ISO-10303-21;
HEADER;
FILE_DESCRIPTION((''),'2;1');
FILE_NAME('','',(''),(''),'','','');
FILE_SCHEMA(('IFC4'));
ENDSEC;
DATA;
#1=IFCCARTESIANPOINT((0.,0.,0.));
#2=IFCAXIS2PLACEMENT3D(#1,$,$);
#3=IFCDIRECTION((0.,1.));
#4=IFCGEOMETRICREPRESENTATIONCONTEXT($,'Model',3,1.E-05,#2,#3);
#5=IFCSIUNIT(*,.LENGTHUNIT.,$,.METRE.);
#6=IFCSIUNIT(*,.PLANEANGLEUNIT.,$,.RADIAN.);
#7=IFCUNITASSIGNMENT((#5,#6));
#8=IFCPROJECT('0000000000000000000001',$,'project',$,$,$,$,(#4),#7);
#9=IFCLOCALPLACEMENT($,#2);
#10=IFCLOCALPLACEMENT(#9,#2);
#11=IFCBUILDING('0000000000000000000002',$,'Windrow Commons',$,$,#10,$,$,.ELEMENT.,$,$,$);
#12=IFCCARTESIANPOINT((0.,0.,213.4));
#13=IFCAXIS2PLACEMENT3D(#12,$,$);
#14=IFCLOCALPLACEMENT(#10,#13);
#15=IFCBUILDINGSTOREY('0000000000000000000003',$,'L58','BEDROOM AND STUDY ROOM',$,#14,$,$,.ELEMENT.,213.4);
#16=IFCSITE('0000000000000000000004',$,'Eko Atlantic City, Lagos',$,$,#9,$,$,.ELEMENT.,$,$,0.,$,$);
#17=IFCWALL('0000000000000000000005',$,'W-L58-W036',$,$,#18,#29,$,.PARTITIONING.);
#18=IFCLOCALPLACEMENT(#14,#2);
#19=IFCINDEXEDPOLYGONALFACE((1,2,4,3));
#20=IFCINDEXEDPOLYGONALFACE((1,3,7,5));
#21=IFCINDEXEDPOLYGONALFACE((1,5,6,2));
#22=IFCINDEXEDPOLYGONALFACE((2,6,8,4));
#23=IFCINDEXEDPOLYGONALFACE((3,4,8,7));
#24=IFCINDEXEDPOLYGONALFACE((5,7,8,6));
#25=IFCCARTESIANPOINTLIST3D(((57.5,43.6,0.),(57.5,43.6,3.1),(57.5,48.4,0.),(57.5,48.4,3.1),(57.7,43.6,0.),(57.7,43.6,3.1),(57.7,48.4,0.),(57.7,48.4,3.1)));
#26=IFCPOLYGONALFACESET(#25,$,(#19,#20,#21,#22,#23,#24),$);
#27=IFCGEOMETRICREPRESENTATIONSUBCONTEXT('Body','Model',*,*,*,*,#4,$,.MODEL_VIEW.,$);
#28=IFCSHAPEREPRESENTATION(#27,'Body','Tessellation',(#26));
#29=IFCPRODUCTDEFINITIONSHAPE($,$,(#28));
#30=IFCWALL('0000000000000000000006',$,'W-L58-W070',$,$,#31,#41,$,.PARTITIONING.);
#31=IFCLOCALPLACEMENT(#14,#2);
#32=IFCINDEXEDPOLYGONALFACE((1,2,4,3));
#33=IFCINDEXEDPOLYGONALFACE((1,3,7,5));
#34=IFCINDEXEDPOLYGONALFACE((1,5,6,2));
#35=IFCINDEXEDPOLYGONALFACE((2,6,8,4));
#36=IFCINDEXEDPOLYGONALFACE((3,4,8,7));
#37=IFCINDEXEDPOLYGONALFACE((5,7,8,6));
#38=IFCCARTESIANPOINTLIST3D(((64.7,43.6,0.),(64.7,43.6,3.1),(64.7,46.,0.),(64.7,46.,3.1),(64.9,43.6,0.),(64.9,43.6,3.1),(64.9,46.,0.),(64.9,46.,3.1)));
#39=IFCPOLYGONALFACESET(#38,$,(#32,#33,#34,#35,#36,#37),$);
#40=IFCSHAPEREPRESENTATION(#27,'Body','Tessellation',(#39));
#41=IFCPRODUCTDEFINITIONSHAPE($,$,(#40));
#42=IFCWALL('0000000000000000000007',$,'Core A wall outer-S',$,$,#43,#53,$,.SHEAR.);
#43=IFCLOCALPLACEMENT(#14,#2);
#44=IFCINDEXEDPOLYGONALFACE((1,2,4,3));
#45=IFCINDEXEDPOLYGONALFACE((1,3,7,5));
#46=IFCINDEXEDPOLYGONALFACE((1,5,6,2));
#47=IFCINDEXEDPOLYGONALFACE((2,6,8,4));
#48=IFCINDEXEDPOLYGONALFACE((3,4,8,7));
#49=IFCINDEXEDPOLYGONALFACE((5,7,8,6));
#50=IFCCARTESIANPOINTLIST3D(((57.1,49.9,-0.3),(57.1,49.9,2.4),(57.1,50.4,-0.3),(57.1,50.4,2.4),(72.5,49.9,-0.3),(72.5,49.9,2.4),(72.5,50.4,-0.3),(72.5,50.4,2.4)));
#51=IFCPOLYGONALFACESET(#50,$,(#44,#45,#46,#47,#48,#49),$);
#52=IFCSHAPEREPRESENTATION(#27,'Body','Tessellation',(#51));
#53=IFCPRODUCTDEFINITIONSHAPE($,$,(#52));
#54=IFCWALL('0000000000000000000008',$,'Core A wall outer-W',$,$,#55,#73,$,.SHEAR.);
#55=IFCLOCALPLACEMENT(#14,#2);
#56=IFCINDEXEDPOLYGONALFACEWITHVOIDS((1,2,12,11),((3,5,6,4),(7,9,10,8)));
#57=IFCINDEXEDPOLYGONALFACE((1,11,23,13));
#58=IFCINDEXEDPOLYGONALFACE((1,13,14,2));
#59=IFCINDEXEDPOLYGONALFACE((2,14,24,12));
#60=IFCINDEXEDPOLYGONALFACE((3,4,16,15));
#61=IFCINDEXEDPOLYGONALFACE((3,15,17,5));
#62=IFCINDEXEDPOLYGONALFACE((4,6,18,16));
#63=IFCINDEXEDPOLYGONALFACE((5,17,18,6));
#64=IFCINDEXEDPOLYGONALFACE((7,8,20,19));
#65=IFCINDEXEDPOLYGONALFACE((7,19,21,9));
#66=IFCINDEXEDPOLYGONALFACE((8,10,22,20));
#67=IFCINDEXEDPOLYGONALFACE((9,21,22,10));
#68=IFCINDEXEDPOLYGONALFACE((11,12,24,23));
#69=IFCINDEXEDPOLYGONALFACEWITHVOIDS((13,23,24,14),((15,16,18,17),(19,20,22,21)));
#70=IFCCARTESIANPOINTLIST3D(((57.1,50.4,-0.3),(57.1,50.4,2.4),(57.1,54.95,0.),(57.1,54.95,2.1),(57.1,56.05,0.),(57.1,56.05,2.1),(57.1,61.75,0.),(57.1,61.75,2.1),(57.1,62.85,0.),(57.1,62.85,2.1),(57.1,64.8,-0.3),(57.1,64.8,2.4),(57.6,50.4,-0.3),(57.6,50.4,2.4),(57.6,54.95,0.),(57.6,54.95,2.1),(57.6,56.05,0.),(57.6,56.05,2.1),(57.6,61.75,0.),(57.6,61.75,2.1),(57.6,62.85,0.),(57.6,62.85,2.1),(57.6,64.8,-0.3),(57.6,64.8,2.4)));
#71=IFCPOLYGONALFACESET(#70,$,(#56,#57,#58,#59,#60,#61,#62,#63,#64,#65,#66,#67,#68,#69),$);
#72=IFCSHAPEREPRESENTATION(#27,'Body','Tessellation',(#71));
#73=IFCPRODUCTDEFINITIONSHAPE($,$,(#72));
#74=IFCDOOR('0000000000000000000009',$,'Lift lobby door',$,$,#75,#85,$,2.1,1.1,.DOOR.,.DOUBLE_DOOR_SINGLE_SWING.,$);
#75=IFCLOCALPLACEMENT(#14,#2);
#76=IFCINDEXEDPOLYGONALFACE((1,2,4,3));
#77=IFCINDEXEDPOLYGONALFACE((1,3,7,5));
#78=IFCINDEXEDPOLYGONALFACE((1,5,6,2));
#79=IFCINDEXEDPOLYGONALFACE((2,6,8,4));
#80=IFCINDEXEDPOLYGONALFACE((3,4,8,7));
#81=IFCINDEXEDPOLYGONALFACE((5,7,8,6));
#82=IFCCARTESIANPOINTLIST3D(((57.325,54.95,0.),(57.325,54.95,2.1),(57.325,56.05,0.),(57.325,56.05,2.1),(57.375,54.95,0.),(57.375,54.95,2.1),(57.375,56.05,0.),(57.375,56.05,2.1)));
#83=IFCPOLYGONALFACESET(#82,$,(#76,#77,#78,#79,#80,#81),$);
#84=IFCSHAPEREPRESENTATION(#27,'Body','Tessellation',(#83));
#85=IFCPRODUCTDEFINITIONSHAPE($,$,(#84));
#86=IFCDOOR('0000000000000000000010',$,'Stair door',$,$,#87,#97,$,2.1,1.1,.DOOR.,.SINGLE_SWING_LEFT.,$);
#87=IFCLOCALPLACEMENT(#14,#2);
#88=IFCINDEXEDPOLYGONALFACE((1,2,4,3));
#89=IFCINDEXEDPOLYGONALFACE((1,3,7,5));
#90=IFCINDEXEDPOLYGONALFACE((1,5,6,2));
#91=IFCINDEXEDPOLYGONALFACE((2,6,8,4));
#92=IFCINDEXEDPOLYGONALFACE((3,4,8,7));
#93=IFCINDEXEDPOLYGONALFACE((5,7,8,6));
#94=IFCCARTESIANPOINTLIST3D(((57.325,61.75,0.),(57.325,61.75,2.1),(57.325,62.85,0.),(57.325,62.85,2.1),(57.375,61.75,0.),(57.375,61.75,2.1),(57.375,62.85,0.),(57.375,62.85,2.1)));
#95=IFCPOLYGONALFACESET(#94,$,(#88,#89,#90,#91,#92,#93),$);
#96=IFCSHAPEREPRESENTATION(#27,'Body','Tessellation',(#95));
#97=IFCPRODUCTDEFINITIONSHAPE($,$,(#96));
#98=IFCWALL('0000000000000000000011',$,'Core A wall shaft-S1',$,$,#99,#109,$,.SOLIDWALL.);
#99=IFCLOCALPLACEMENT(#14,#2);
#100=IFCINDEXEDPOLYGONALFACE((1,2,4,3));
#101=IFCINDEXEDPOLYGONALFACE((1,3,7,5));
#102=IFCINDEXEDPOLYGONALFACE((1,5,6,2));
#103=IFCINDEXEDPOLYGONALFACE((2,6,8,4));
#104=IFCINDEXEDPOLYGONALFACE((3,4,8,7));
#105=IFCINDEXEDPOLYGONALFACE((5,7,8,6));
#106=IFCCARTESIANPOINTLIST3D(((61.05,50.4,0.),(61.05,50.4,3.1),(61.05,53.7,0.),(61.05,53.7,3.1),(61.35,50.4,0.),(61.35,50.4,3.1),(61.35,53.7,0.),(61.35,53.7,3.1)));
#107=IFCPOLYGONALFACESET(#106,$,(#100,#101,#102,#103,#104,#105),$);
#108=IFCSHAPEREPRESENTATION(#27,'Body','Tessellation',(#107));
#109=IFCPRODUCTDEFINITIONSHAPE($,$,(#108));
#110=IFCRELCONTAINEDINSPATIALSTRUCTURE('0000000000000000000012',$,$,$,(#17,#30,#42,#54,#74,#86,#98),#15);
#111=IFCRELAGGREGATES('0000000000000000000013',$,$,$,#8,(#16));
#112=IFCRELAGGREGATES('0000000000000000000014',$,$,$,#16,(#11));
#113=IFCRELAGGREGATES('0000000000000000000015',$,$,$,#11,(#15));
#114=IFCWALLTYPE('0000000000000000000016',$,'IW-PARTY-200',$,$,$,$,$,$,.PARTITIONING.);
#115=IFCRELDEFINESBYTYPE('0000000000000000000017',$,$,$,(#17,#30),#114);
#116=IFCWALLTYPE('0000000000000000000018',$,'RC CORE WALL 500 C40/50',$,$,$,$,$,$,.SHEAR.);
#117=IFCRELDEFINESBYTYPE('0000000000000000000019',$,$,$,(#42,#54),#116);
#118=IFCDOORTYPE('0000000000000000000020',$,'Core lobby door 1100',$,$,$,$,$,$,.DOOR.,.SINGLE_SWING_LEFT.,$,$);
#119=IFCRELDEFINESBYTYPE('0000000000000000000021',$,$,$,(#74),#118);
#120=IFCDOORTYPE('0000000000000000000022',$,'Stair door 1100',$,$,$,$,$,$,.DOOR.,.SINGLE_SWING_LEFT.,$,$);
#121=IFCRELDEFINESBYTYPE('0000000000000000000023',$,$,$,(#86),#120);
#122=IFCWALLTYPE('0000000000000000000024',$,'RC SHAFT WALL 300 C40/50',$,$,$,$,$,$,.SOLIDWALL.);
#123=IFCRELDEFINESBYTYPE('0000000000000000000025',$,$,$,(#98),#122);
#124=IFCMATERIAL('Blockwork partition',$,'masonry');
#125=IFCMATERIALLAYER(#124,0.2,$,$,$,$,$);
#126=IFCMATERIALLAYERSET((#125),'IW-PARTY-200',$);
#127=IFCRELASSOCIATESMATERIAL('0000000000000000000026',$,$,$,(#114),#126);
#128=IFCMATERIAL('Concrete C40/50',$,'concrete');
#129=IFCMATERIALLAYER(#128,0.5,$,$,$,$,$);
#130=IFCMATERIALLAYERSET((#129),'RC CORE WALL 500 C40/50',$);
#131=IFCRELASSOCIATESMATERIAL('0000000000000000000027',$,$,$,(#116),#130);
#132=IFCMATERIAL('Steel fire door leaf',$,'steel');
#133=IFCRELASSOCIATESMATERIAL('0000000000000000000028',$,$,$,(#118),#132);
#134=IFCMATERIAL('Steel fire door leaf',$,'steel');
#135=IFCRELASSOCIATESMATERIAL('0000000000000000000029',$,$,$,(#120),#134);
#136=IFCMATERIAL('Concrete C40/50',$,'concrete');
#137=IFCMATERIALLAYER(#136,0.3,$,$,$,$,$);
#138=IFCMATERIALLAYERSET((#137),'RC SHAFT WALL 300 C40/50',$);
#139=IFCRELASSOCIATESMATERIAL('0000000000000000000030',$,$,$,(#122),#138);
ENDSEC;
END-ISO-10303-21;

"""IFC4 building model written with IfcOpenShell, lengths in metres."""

from ifc_helpers import new_model, si_unit, direction, frame, frame_2d, origin, place, context, subcontext, project, spatial, rectangle, extrude, material, layer, layer_set, type_object, element, fill, save


model = new_model("IFC4")

# Units and contexts
model_context = context("Model", 3, precision=1e-05, world=origin(), true_north=direction((0.0, 1.0)))
body_context = subcontext(model_context, "Body", "Model", "MODEL_VIEW")
ifc_project = project(units=[si_unit("LENGTHUNIT", "METRE"), si_unit("PLANEANGLEUNIT", "RADIAN")], contexts=[model_context])

# Site, building, storey
site_placement = place(None, origin())
site = spatial("IfcSite", under=ifc_project, at=site_placement, Name="Eko Atlantic City, Lagos", CompositionType="ELEMENT", RefElevation=0.0)
building_placement = place(site_placement, origin())
building = spatial("IfcBuilding", under=site, at=building_placement, Name="Windrow Commons", CompositionType="ELEMENT")
storey_placement = place(building_placement, frame((0.0, 0.0, 213.4)))
storey = spatial("IfcBuildingStorey", under=building, at=storey_placement, Name="L58", Description="BEDROOM AND STUDY ROOM", CompositionType="ELEMENT", Elevation=213.4)

# Walls
ifc_material_1 = material(Name="Blockwork partition", Category="masonry")
ifc_layer_1 = layer(ifc_material_1, 0.2)
ifc_layer_set_1 = layer_set([ifc_layer_1], Name="IW-PARTY-200")
wall_type_1 = type_object("IfcWallType", Name="IW-PARTY-200", PredefinedType="PARTITIONING", material=ifc_layer_set_1)
wall_1_placement = place(storey_placement, frame((57.6, 43.6, 0.0), z_axis=(0.0, 0.0, 1.0), x_axis=(0.0, 1.0, 0.0)))
element("IfcWall", 1, at=wall_1_placement, inside=storey, type_object=wall_type_1, Name="W-L58-W036", PredefinedType="PARTITIONING", context=body_context, shape_type="SweptSolid", body=[
    extrude(rectangle(XDim=4.8, YDim=0.2, at=frame_2d((2.4, 0.0))), origin(), (0.0, 0.0, 1.0), 3.1),
])
wall_2_placement = place(storey_placement, frame((64.8, 43.6, 0.0), z_axis=(0.0, 0.0, 1.0), x_axis=(0.0, 1.0, 0.0)))
element("IfcWall", 2, at=wall_2_placement, inside=storey, type_object=wall_type_1, Name="W-L58-W070", PredefinedType="PARTITIONING", context=body_context, shape_type="SweptSolid", body=[
    extrude(rectangle(XDim=2.4, YDim=0.2, at=frame_2d((1.2, 0.0))), origin(), (0.0, 0.0, 1.0), 3.1),
])
ifc_material_2 = material(Name="Concrete C40/50", Category="concrete")
ifc_layer_2 = layer(ifc_material_2, 0.5)
ifc_layer_set_2 = layer_set([ifc_layer_2], Name="RC CORE WALL 500 C40/50")
wall_type_2 = type_object("IfcWallType", Name="RC CORE WALL 500 C40/50", PredefinedType="SHEAR", material=ifc_layer_set_2)
wall_3_placement = place(storey_placement, frame((57.1, 50.15, -0.3), z_axis=(0.0, 0.0, 1.0), x_axis=(1.0, 0.0, 0.0)))
element("IfcWall", 3, at=wall_3_placement, inside=storey, type_object=wall_type_2, Name="Core A wall outer-S", PredefinedType="SHEAR", context=body_context, shape_type="SweptSolid", body=[
    extrude(rectangle(XDim=15.4, YDim=0.5, at=frame_2d((7.7, 0.0))), origin(), (0.0, 0.0, 1.0), 2.7),
])

# Wall, openings, doors
wall_4_placement = place(storey_placement, frame((57.35, 50.4, -0.3), z_axis=(0.0, 0.0, 1.0), x_axis=(0.0, 1.0, 0.0)))
wall_4 = element("IfcWall", 4, at=wall_4_placement, inside=storey, type_object=wall_type_2, Name="Core A wall outer-W", PredefinedType="SHEAR", context=body_context, shape_type="SweptSolid", body=[
    extrude(rectangle(XDim=14.4, YDim=0.5, at=frame_2d((7.2, 0.0))), origin(), (0.0, 0.0, 1.0), 2.7),
])
opening_1_placement = place(wall_4_placement, frame((4.55, 0.0, 0.3)))
opening_1 = element("IfcOpeningElement", 5, at=opening_1_placement, cuts=wall_4, PredefinedType="OPENING", context=body_context, shape_type="SweptSolid", body=[
    extrude(rectangle(XDim=1.1, YDim=2.1, at=frame_2d((0.55, 1.05))), frame((0.0, 0.26, 0.0), z_axis=(0.0, -1.0, 0.0), x_axis=(1.0, 0.0, 0.0)), (0.0, 0.0, 1.0), 0.52),
])
opening_2_placement = place(wall_4_placement, frame((11.35, 0.0, 0.3)))
opening_2 = element("IfcOpeningElement", 6, at=opening_2_placement, cuts=wall_4, PredefinedType="OPENING", context=body_context, shape_type="SweptSolid", body=[
    extrude(rectangle(XDim=1.1, YDim=2.1, at=frame_2d((0.55, 1.05))), frame((0.0, 0.26, 0.0), z_axis=(0.0, -1.0, 0.0), x_axis=(1.0, 0.0, 0.0)), (0.0, 0.0, 1.0), 0.52),
])
ifc_material_3 = material(Name="Steel fire door leaf", Category="steel")
door_type_1 = type_object("IfcDoorType", Name="Core lobby door 1100", OperationType="SINGLE_SWING_LEFT", PredefinedType="DOOR", material=ifc_material_3)
door_1_placement = place(opening_1_placement, origin())
door_1 = element("IfcDoor", 7, at=door_1_placement, inside=storey, type_object=door_type_1, Name="Lift lobby door", OperationType="DOUBLE_DOOR_SINGLE_SWING", OverallHeight=2.1, OverallWidth=1.1, PredefinedType="DOOR", context=body_context, shape_type="SweptSolid", body=[
    extrude(rectangle(XDim=1.1, YDim=2.1, at=frame_2d((0.55, 1.05))), frame((0.0, 0.025, 0.0), z_axis=(0.0, -1.0, 0.0), x_axis=(1.0, 0.0, 0.0)), (0.0, 0.0, 1.0), 0.05),
])
fill(opening_1, door_1)
ifc_material_4 = material(Name="Steel fire door leaf", Category="steel")
door_type_2 = type_object("IfcDoorType", Name="Stair door 1100", OperationType="SINGLE_SWING_LEFT", PredefinedType="DOOR", material=ifc_material_4)
door_2_placement = place(opening_2_placement, origin())
door_2 = element("IfcDoor", 8, at=door_2_placement, inside=storey, type_object=door_type_2, Name="Stair door", OperationType="SINGLE_SWING_LEFT", OverallHeight=2.1, OverallWidth=1.1, PredefinedType="DOOR", context=body_context, shape_type="SweptSolid", body=[
    extrude(rectangle(XDim=1.1, YDim=2.1, at=frame_2d((0.55, 1.05))), frame((0.0, 0.025, 0.0), z_axis=(0.0, -1.0, 0.0), x_axis=(1.0, 0.0, 0.0)), (0.0, 0.0, 1.0), 0.05),
])
fill(opening_2, door_2)

# Wall
ifc_material_5 = material(Name="Concrete C40/50", Category="concrete")
ifc_layer_3 = layer(ifc_material_5, 0.3)
ifc_layer_set_3 = layer_set([ifc_layer_3], Name="RC SHAFT WALL 300 C40/50")
wall_type_3 = type_object("IfcWallType", Name="RC SHAFT WALL 300 C40/50", PredefinedType="SOLIDWALL", material=ifc_layer_set_3)
wall_5_placement = place(storey_placement, frame((61.2, 50.4, 0.0), z_axis=(0.0, 0.0, 1.0), x_axis=(0.0, 1.0, 0.0)))
element("IfcWall", 9, at=wall_5_placement, inside=storey, type_object=wall_type_3, Name="Core A wall shaft-S1", PredefinedType="SOLIDWALL", context=body_context, shape_type="SweptSolid", body=[
    extrude(rectangle(XDim=3.3, YDim=0.3, at=frame_2d((1.65, 0.0))), origin(), (0.0, 0.0, 1.0), 3.1),
])

save(model, "model.ifc")
